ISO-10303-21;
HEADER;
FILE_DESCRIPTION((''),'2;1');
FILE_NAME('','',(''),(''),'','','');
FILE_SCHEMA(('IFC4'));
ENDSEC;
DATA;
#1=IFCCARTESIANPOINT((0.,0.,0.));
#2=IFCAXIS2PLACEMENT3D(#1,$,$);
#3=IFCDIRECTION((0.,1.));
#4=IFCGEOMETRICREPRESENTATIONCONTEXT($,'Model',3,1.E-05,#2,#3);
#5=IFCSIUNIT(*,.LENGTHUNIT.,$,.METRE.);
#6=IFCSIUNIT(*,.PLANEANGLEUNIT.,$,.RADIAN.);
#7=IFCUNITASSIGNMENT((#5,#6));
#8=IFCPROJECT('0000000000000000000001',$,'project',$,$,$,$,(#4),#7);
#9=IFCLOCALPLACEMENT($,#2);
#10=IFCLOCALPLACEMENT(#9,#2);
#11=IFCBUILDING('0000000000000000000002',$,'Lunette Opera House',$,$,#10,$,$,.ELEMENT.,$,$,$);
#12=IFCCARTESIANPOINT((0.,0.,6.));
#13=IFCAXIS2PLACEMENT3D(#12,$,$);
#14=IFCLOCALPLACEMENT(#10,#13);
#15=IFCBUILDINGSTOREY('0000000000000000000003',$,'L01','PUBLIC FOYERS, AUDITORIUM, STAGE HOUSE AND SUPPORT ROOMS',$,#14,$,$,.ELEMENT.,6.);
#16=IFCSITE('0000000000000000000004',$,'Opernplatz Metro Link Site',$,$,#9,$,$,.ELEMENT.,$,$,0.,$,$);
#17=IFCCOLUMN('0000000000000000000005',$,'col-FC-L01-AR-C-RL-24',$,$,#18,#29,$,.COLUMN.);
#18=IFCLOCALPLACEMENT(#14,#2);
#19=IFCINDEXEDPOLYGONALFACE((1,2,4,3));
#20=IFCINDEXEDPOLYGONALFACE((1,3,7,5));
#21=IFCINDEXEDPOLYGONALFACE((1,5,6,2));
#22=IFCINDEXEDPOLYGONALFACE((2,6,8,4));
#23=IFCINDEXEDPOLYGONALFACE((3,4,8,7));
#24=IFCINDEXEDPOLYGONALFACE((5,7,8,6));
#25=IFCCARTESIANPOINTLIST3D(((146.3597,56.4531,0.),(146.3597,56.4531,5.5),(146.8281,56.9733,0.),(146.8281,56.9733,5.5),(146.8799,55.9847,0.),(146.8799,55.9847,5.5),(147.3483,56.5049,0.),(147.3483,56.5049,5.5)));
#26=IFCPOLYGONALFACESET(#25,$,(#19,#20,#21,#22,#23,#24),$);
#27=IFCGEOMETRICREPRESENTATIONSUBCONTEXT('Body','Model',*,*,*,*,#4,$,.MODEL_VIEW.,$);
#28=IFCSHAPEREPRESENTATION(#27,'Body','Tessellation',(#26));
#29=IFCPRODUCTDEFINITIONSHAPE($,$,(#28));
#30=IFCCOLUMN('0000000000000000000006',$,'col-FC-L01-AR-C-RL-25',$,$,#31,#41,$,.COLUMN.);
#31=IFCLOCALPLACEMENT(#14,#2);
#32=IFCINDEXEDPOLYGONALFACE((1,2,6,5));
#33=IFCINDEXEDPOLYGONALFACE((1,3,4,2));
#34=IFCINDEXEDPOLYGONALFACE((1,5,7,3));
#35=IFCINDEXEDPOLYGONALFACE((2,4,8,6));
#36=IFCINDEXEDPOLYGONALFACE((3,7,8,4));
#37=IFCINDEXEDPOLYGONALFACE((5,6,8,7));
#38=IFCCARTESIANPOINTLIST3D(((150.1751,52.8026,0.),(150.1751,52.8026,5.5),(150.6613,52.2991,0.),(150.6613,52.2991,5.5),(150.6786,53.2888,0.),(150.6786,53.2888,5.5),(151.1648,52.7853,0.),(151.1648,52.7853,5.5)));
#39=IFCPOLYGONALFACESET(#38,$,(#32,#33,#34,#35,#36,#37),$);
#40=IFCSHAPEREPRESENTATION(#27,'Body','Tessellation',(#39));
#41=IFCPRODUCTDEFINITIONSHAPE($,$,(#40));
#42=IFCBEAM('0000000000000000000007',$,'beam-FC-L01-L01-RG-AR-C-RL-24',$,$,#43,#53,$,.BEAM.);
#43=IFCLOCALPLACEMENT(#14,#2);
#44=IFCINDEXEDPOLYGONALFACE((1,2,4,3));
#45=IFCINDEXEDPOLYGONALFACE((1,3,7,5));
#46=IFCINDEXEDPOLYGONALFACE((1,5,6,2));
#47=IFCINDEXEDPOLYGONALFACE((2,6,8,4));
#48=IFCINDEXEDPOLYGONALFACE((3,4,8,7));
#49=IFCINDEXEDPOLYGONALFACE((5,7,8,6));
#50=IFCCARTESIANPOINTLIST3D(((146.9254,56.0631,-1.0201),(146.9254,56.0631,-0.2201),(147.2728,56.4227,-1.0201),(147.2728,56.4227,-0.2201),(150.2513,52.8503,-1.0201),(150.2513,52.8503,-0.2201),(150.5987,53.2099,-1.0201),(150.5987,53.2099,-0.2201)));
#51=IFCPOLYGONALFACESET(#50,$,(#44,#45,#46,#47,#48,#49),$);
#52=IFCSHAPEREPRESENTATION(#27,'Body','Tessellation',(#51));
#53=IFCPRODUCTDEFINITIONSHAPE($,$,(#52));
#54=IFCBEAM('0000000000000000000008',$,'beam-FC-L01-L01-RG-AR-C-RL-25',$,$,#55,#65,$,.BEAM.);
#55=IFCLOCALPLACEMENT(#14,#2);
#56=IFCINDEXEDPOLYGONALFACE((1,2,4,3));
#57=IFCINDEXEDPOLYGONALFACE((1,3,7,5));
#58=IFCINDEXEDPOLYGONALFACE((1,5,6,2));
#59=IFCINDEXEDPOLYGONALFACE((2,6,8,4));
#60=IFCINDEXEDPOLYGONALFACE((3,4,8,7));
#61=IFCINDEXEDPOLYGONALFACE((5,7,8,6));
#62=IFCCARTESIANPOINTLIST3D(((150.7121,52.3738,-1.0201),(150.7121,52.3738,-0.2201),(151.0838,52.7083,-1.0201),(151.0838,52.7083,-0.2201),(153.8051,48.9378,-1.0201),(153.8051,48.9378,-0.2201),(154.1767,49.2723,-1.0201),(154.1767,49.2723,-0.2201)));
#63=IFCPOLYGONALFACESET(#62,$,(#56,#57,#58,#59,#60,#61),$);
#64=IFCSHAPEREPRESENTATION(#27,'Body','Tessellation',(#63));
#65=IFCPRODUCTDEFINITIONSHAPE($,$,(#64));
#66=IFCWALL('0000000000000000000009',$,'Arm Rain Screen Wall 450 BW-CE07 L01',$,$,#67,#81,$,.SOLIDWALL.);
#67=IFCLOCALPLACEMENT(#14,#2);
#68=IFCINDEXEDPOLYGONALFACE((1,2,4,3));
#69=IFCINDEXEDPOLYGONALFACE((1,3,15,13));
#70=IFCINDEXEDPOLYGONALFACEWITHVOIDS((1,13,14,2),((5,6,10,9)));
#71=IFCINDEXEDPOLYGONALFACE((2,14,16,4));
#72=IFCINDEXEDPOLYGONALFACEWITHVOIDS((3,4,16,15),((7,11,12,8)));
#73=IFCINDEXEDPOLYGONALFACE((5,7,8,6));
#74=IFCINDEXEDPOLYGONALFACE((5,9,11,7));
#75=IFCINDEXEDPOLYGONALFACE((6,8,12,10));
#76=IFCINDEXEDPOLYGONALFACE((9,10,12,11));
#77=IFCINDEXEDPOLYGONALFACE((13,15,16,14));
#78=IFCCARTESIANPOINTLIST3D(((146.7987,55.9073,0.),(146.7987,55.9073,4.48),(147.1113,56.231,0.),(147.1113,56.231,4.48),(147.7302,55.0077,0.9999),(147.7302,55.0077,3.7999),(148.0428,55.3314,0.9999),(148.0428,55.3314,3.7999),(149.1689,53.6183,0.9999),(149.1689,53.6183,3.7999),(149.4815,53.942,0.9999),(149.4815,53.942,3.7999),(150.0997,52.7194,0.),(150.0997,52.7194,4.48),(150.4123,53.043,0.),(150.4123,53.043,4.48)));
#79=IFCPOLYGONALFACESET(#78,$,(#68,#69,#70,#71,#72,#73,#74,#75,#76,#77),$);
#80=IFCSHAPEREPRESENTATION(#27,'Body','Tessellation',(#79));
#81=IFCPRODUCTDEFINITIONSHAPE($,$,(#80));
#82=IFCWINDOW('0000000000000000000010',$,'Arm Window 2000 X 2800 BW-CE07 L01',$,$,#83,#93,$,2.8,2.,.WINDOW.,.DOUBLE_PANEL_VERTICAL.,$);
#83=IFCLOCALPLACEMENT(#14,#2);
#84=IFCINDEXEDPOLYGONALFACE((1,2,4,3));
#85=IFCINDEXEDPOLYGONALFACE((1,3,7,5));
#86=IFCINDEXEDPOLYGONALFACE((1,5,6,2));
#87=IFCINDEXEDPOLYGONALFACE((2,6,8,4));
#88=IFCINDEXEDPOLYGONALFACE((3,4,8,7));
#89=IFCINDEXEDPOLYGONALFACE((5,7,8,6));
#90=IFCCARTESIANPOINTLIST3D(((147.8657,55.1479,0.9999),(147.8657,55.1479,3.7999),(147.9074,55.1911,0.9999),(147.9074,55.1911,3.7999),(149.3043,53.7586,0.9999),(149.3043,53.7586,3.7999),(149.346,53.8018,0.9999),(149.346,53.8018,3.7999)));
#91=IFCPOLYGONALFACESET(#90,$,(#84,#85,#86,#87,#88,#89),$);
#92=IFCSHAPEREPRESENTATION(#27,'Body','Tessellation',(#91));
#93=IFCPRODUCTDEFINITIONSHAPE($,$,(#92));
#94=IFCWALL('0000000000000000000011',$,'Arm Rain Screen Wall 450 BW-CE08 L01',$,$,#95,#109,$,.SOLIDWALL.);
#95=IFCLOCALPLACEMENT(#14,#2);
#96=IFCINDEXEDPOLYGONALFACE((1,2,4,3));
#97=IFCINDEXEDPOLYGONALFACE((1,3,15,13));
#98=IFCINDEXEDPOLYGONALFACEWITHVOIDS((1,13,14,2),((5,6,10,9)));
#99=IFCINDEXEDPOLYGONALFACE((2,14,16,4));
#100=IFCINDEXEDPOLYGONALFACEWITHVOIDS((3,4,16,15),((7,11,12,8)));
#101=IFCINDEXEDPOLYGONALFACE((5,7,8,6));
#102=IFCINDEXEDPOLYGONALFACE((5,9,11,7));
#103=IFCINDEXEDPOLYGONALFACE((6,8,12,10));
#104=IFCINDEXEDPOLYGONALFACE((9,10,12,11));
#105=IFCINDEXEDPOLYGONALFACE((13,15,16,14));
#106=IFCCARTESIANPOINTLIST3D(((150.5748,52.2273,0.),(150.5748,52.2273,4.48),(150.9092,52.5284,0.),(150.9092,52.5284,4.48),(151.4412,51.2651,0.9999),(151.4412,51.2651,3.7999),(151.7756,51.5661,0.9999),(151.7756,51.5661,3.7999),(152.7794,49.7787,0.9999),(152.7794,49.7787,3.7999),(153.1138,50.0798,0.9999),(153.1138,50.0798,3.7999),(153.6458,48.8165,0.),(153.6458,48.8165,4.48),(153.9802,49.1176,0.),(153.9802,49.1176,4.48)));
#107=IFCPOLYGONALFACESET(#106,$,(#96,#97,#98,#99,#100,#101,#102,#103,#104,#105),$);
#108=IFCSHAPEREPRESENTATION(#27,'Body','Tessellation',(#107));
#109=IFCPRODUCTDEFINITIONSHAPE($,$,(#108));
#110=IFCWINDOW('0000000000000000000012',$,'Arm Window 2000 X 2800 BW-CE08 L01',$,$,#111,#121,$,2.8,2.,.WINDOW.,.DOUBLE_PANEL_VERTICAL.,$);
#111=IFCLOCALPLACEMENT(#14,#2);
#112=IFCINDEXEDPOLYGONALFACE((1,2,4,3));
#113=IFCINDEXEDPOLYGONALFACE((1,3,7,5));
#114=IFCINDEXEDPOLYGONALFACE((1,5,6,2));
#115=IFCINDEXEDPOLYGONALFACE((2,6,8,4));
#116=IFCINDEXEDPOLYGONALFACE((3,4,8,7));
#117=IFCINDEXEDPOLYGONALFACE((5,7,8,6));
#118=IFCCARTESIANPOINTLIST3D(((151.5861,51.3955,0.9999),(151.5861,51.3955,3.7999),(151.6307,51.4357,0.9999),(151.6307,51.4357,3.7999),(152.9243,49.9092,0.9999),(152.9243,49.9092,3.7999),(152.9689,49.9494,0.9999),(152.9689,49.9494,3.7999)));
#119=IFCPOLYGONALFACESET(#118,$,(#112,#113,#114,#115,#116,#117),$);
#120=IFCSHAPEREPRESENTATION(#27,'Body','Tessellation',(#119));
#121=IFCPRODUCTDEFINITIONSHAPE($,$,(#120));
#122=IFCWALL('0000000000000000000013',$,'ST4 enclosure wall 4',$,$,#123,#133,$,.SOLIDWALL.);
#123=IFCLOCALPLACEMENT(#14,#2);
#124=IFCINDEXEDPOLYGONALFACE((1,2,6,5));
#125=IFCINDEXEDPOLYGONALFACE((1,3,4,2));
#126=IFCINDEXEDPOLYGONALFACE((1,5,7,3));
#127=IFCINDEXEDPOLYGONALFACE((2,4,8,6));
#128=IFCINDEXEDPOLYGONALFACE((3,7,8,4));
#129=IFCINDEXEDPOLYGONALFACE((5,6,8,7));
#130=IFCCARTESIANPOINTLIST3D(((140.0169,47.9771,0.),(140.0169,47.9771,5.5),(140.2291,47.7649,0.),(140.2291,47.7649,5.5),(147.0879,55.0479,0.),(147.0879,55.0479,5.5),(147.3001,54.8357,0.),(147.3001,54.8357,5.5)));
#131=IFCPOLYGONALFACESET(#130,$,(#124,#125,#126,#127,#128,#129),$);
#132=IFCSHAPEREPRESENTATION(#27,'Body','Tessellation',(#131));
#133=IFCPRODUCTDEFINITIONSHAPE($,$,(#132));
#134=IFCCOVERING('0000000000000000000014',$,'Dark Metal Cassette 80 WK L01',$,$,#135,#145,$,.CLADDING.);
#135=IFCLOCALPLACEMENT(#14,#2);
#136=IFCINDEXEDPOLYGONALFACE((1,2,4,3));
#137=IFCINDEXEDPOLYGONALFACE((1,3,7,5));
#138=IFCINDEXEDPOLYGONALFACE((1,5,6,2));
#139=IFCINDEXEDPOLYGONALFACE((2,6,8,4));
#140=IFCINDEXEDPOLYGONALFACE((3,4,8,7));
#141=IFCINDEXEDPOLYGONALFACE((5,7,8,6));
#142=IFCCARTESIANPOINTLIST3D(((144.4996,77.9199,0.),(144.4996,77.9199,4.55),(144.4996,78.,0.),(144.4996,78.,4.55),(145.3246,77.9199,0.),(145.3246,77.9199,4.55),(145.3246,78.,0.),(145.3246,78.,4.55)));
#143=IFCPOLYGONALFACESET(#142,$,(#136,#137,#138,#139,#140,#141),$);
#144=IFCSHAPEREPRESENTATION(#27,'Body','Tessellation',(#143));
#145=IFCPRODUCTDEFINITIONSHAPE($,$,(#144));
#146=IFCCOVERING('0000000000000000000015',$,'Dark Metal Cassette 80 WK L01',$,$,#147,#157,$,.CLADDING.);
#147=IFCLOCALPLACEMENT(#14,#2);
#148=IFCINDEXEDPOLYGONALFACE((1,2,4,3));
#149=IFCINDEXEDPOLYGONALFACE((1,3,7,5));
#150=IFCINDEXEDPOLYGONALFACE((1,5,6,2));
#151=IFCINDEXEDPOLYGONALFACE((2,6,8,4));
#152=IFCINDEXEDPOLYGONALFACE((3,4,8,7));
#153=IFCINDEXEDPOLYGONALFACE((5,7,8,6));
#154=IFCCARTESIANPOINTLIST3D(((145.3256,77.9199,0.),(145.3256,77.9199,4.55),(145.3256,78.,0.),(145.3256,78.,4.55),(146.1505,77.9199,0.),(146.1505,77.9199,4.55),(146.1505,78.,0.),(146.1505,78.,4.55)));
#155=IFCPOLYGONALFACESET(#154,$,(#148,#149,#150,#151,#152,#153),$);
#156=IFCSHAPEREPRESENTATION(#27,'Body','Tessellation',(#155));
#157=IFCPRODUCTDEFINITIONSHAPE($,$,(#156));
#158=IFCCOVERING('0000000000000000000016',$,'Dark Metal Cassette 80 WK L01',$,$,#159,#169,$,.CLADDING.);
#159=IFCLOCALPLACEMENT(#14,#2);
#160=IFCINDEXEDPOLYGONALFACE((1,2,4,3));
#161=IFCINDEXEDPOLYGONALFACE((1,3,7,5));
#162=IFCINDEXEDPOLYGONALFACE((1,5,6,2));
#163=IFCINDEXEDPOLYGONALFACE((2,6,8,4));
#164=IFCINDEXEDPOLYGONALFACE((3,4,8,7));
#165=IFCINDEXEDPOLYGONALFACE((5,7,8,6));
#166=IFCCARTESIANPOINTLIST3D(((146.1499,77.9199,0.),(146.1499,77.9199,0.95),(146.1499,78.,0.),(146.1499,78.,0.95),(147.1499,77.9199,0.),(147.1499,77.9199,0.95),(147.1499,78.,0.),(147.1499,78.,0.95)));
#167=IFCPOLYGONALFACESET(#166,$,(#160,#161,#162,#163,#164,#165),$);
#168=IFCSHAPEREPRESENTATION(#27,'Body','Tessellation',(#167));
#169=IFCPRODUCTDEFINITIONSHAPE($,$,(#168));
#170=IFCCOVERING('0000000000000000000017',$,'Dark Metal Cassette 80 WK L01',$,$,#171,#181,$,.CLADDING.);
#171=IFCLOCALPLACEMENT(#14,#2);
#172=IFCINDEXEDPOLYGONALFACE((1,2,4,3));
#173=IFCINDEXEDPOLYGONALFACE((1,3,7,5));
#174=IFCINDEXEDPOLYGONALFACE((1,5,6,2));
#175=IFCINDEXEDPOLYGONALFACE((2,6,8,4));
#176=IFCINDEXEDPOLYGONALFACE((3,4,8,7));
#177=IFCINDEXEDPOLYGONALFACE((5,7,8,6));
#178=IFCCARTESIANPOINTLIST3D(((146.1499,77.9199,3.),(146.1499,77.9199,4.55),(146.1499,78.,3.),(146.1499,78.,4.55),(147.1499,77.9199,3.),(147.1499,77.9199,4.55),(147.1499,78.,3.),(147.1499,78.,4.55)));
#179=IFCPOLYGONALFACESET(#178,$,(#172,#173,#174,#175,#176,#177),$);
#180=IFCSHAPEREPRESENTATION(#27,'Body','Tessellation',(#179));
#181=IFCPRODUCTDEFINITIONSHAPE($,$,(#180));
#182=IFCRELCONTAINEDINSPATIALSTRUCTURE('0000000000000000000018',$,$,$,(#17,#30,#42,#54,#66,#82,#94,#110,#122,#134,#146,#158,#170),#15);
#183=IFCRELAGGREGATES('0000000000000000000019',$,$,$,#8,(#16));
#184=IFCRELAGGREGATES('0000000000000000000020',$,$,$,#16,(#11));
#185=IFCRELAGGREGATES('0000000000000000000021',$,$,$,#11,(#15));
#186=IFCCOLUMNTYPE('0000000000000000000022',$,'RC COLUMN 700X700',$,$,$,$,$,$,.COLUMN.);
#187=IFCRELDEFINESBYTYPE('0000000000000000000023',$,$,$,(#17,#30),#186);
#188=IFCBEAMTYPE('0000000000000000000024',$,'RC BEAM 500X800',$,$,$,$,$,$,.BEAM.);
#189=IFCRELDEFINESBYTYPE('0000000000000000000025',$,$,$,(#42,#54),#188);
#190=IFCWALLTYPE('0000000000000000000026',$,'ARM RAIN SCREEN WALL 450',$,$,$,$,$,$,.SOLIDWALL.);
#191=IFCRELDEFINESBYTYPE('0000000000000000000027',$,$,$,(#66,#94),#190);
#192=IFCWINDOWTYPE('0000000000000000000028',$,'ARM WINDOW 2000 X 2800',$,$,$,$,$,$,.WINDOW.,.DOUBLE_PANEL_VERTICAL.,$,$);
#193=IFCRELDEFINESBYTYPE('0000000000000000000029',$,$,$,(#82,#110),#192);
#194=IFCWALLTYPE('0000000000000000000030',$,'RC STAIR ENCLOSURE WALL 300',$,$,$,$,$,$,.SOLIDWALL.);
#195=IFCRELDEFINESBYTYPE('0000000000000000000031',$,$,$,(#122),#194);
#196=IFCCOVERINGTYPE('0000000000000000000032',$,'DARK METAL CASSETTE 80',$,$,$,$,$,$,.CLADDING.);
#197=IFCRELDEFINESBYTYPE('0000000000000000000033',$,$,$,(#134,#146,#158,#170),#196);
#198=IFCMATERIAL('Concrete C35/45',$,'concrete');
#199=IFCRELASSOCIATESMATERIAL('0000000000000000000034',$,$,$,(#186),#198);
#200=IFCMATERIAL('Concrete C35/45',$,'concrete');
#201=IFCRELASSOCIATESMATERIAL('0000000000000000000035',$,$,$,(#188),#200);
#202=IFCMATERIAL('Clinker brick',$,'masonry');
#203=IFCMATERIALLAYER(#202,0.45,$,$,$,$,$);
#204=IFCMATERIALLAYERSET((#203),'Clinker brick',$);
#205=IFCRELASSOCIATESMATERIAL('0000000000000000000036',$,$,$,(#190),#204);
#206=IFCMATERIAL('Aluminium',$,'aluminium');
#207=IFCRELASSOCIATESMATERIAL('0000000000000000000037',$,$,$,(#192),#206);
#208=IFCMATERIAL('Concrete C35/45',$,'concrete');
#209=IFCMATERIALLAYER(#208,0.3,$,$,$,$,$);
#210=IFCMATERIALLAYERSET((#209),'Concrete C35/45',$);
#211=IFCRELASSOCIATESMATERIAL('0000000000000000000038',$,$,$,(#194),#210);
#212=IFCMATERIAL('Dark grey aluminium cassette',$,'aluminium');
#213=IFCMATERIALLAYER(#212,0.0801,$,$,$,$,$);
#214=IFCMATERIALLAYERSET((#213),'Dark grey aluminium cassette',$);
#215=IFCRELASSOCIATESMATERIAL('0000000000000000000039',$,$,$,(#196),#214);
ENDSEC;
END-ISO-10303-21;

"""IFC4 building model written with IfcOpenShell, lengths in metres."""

from ifc_helpers import new_model, si_unit, direction, frame, frame_2d, origin, origin_2d, place, context, subcontext, project, spatial, rectangle, extrude, material, layer, layer_set, material_profile, profile_set, type_object, element, fill, save


model = new_model("IFC4")

# Units and contexts
model_context = context("Model", 3, precision=1e-05, world=origin(), true_north=direction((0.0, 1.0)))
body_context = subcontext(model_context, "Body", "Model", "MODEL_VIEW")
ifc_project = project(units=[si_unit("LENGTHUNIT", "METRE"), si_unit("PLANEANGLEUNIT", "RADIAN")], contexts=[model_context])

# Site, building, storey
site_placement = place(None, origin())
site = spatial("IfcSite", under=ifc_project, at=site_placement, Name="Opernplatz Metro Link Site", CompositionType="ELEMENT", RefElevation=0.0)
building_placement = place(site_placement, origin())
building = spatial("IfcBuilding", under=site, at=building_placement, Name="Lunette Opera House", CompositionType="ELEMENT")
storey_placement = place(building_placement, frame((0.0, 0.0, 6.0)))
storey = spatial("IfcBuildingStorey", under=building, at=storey_placement, Name="L01", Description="PUBLIC FOYERS, AUDITORIUM, STAGE HOUSE AND SUPPORT ROOMS", CompositionType="ELEMENT", Elevation=6.0)

# Columns
ifc_material_1 = material(Name="Concrete C35/45", Category="concrete")
ifc_material_profile_1 = material_profile(ifc_material_1, rectangle(XDim=0.7, YDim=0.7, at=origin_2d()), Name="RC COLUMN 700X700")
ifc_profile_set_1 = profile_set([ifc_material_profile_1], Name="Concrete C35/45")
column_type = type_object("IfcColumnType", Name="RC COLUMN 700X700", PredefinedType="COLUMN", material=ifc_profile_set_1)
for number, where, z_axis, x_axis, name in (
    (1, (146.854, 56.479, 0.0), (0.0, 0.0, 1.0), (0.743145, -0.669131, 0.0), "col-FC-L01-AR-C-RL-24"),
    (2, (150.6699, 52.7939, 0.0), (0.0, 0.0, 1.0), (0.694658, -0.71934, 0.0), "col-FC-L01-AR-C-RL-25"),
):
    element("IfcColumn", number, at=place(storey_placement, frame(where, z_axis=z_axis, x_axis=x_axis)), inside=storey, type_object=column_type, Name=name, PredefinedType="COLUMN", context=body_context, shape_type="SweptSolid", body=[
        extrude(rectangle(XDim=0.7, YDim=0.7, at=origin_2d()), origin(), (0.0, 0.0, 1.0), 5.5),
    ])

# Beams
ifc_material_2 = material(Name="Concrete C35/45", Category="concrete")
ifc_material_profile_2 = material_profile(ifc_material_2, rectangle(XDim=0.5, YDim=0.8, at=origin_2d()), Name="RC BEAM 500X800")
ifc_profile_set_2 = profile_set([ifc_material_profile_2], Name="Concrete C35/45")
beam_type = type_object("IfcBeamType", Name="RC BEAM 500X800", PredefinedType="BEAM", material=ifc_profile_set_2)
beam_1_placement = place(storey_placement, frame((147.0991, 56.2429, -0.6201), z_axis=(0.719223, -0.694779, 0.0), x_axis=(0.694779, 0.719223, 0.0)))
element("IfcBeam", 3, at=beam_1_placement, inside=storey, type_object=beam_type, Name="beam-FC-L01-L01-RG-AR-C-RL-24", PredefinedType="BEAM", context=body_context, shape_type="SweptSolid", body=[
    extrude(rectangle(XDim=0.5, YDim=0.8, at=origin_2d()), origin(), (0.0, 0.0, 1.0), 4.6243),
])
beam_2_placement = place(storey_placement, frame((150.8979, 52.541, -0.6201), z_axis=(0.669035, -0.743231, 0.0), x_axis=(0.743231, 0.669035, 0.0)))
element("IfcBeam", 4, at=beam_2_placement, inside=storey, type_object=beam_type, Name="beam-FC-L01-L01-RG-AR-C-RL-25", PredefinedType="BEAM", context=body_context, shape_type="SweptSolid", body=[
    extrude(rectangle(XDim=0.5, YDim=0.8, at=origin_2d()), origin(), (0.0, 0.0, 1.0), 4.623),
])

# Walls, openings, windows
ifc_material_3 = material(Name="Clinker brick", Category="masonry")
ifc_layer_1 = layer(ifc_material_3, 0.45)
ifc_layer_set_1 = layer_set([ifc_layer_1], Name="Clinker brick")
wall_type_1 = type_object("IfcWallType", Name="ARM RAIN SCREEN WALL 450", PredefinedType="SOLIDWALL", material=ifc_layer_set_1)
wall_1_placement = place(storey_placement, frame((146.9551, 56.0691, 0.0), z_axis=(0.0, 0.0, 1.0), x_axis=(0.719315, -0.694684, 0.0)))
wall_1 = element("IfcWall", 5, at=wall_1_placement, inside=storey, type_object=wall_type_1, Name="Arm Rain Screen Wall 450 BW-CE07 L01", PredefinedType="SOLIDWALL", context=body_context, shape_type="SweptSolid", body=[
    extrude(rectangle(XDim=4.5891, YDim=0.45, at=frame_2d((2.2944, 0.0))), origin(), (0.0, 0.0, 1.0), 4.48),
])
opening_1_placement = place(wall_1_placement, frame((1.2949, 0.0, 1.0)))
opening_1 = element("IfcOpeningElement", 6, at=opening_1_placement, cuts=wall_1, PredefinedType="OPENING", context=body_context, shape_type="SweptSolid", body=[
    extrude(rectangle(XDim=2.0, YDim=2.8, at=frame_2d((1.0, 1.3999))), frame((0.0, 0.2371, 0.0), z_axis=(0.0, -1.0, 0.0), x_axis=(1.0, 0.0, 0.0)), (0.0, 0.0, 1.0), 0.4739),
])
ifc_material_4 = material(Name="Aluminium", Category="aluminium")
window_type = type_object("IfcWindowType", Name="ARM WINDOW 2000 X 2800", PartitioningType="DOUBLE_PANEL_VERTICAL", PredefinedType="WINDOW", material=ifc_material_4)
window_1_placement = place(opening_1_placement, origin())
window_1 = element("IfcWindow", 7, at=window_1_placement, inside=storey, type_object=window_type, Name="Arm Window 2000 X 2800 BW-CE07 L01", OverallHeight=2.8, OverallWidth=2.0, PartitioningType="DOUBLE_PANEL_VERTICAL", PredefinedType="WINDOW", context=body_context, shape_type="SweptSolid", body=[
    extrude(rectangle(XDim=2.0, YDim=2.8, at=frame_2d((1.0, 1.3999))), frame((0.0, 0.03, 0.0), z_axis=(0.0, -1.0, 0.0), x_axis=(1.0, 0.0, 0.0)), (0.0, 0.0, 1.0), 0.0601),
])
fill(opening_1, window_1)
wall_2_placement = place(storey_placement, frame((150.7419, 52.3779, 0.0), z_axis=(0.0, 0.0, 1.0), x_axis=(0.669115, -0.743159, 0.0)))
wall_2 = element("IfcWall", 8, at=wall_2_placement, inside=storey, type_object=wall_type_1, Name="Arm Rain Screen Wall 450 BW-CE08 L01", PredefinedType="SOLIDWALL", context=body_context, shape_type="SweptSolid", body=[
    extrude(rectangle(XDim=4.5896, YDim=0.45, at=frame_2d((2.2949, 0.0))), origin(), (0.0, 0.0, 1.0), 4.48),
])
opening_2_placement = place(wall_2_placement, frame((1.2949, 0.0, 1.0)))
opening_2 = element("IfcOpeningElement", 9, at=opening_2_placement, cuts=wall_2, PredefinedType="OPENING", context=body_context, shape_type="SweptSolid", body=[
    extrude(rectangle(XDim=2.0, YDim=2.8, at=frame_2d((1.0, 1.3999))), frame((0.0, 0.2371, 0.0), z_axis=(0.0, -1.0, 0.0), x_axis=(1.0, 0.0, 0.0)), (0.0, 0.0, 1.0), 0.4739),
])
window_2_placement = place(opening_2_placement, origin())
window_2 = element("IfcWindow", 10, at=window_2_placement, inside=storey, type_object=window_type, Name="Arm Window 2000 X 2800 BW-CE08 L01", OverallHeight=2.8, OverallWidth=2.0, PartitioningType="DOUBLE_PANEL_VERTICAL", PredefinedType="WINDOW", context=body_context, shape_type="SweptSolid", body=[
    extrude(rectangle(XDim=2.0, YDim=2.8, at=frame_2d((1.0, 1.3999))), frame((0.0, 0.03, 0.0), z_axis=(0.0, -1.0, 0.0), x_axis=(1.0, 0.0, 0.0)), (0.0, 0.0, 1.0), 0.0601),
])
fill(opening_2, window_2)

# Wall
ifc_material_5 = material(Name="Concrete C35/45", Category="concrete")
ifc_layer_2 = layer(ifc_material_5, 0.3)
ifc_layer_set_2 = layer_set([ifc_layer_2], Name="Concrete C35/45")
wall_type_2 = type_object("IfcWallType", Name="RC STAIR ENCLOSURE WALL 300", PredefinedType="SOLIDWALL", material=ifc_layer_set_2)
wall_3_placement = place(storey_placement, frame((147.1941, 54.9419, 0.0), z_axis=(0.0, 0.0, 1.0), x_axis=(-0.707119, -0.707095, 0.0)))
element("IfcWall", 11, at=wall_3_placement, inside=storey, type_object=wall_type_2, Name="ST4 enclosure wall 4", PredefinedType="SOLIDWALL", context=body_context, shape_type="SweptSolid", body=[
    extrude(rectangle(XDim=9.9998, YDim=0.3, at=frame_2d((5.0, 0.0))), origin(), (0.0, 0.0, 1.0), 5.5),
])

# Coverings
ifc_material_6 = material(Name="Dark grey aluminium cassette", Category="aluminium")
ifc_layer_3 = layer(ifc_material_6, 0.0801)
ifc_layer_set_3 = layer_set([ifc_layer_3], Name="Dark grey aluminium cassette")
covering_type = type_object("IfcCoveringType", Name="DARK METAL CASSETTE 80", PredefinedType="CLADDING", material=ifc_layer_set_3)
for number, where, z_axis, x_axis, name in (
    (12, (144.9121, 77.96, 0.0), (0.0, 0.0, 1.0), (1.0, 0.0, 0.0), "Dark Metal Cassette 80 WK L01"),
    (13, (145.738, 77.96, 0.0), (0.0, 0.0, 1.0), (1.0, 0.0, 0.0), "Dark Metal Cassette 80 WK L01"),
):
    element("IfcCovering", number, at=place(storey_placement, frame(where, z_axis=z_axis, x_axis=x_axis)), inside=storey, type_object=covering_type, Name=name, PredefinedType="CLADDING", context=body_context, shape_type="SweptSolid", body=[
        extrude(rectangle(XDim=0.825, YDim=0.0801, at=origin_2d()), origin(), (0.0, 0.0, 1.0), 4.55),
    ])
covering_1_placement = place(storey_placement, frame((146.6499, 77.96, 0.0), z_axis=(0.0, 0.0, 1.0), x_axis=(1.0, 0.0, 0.0)))
element("IfcCovering", 14, at=covering_1_placement, inside=storey, type_object=covering_type, Name="Dark Metal Cassette 80 WK L01", PredefinedType="CLADDING", context=body_context, shape_type="SweptSolid", body=[
    extrude(rectangle(XDim=1.0, YDim=0.0801, at=origin_2d()), origin(), (0.0, 0.0, 1.0), 0.95),
])
covering_2_placement = place(storey_placement, frame((146.6499, 77.96, 3.0), z_axis=(0.0, 0.0, 1.0), x_axis=(1.0, 0.0, 0.0)))
element("IfcCovering", 15, at=covering_2_placement, inside=storey, type_object=covering_type, Name="Dark Metal Cassette 80 WK L01", PredefinedType="CLADDING", context=body_context, shape_type="SweptSolid", body=[
    extrude(rectangle(XDim=1.0, YDim=0.0801, at=origin_2d()), origin(), (0.0, 0.0, 1.0), 1.55),
])

save(model, "model.ifc")
